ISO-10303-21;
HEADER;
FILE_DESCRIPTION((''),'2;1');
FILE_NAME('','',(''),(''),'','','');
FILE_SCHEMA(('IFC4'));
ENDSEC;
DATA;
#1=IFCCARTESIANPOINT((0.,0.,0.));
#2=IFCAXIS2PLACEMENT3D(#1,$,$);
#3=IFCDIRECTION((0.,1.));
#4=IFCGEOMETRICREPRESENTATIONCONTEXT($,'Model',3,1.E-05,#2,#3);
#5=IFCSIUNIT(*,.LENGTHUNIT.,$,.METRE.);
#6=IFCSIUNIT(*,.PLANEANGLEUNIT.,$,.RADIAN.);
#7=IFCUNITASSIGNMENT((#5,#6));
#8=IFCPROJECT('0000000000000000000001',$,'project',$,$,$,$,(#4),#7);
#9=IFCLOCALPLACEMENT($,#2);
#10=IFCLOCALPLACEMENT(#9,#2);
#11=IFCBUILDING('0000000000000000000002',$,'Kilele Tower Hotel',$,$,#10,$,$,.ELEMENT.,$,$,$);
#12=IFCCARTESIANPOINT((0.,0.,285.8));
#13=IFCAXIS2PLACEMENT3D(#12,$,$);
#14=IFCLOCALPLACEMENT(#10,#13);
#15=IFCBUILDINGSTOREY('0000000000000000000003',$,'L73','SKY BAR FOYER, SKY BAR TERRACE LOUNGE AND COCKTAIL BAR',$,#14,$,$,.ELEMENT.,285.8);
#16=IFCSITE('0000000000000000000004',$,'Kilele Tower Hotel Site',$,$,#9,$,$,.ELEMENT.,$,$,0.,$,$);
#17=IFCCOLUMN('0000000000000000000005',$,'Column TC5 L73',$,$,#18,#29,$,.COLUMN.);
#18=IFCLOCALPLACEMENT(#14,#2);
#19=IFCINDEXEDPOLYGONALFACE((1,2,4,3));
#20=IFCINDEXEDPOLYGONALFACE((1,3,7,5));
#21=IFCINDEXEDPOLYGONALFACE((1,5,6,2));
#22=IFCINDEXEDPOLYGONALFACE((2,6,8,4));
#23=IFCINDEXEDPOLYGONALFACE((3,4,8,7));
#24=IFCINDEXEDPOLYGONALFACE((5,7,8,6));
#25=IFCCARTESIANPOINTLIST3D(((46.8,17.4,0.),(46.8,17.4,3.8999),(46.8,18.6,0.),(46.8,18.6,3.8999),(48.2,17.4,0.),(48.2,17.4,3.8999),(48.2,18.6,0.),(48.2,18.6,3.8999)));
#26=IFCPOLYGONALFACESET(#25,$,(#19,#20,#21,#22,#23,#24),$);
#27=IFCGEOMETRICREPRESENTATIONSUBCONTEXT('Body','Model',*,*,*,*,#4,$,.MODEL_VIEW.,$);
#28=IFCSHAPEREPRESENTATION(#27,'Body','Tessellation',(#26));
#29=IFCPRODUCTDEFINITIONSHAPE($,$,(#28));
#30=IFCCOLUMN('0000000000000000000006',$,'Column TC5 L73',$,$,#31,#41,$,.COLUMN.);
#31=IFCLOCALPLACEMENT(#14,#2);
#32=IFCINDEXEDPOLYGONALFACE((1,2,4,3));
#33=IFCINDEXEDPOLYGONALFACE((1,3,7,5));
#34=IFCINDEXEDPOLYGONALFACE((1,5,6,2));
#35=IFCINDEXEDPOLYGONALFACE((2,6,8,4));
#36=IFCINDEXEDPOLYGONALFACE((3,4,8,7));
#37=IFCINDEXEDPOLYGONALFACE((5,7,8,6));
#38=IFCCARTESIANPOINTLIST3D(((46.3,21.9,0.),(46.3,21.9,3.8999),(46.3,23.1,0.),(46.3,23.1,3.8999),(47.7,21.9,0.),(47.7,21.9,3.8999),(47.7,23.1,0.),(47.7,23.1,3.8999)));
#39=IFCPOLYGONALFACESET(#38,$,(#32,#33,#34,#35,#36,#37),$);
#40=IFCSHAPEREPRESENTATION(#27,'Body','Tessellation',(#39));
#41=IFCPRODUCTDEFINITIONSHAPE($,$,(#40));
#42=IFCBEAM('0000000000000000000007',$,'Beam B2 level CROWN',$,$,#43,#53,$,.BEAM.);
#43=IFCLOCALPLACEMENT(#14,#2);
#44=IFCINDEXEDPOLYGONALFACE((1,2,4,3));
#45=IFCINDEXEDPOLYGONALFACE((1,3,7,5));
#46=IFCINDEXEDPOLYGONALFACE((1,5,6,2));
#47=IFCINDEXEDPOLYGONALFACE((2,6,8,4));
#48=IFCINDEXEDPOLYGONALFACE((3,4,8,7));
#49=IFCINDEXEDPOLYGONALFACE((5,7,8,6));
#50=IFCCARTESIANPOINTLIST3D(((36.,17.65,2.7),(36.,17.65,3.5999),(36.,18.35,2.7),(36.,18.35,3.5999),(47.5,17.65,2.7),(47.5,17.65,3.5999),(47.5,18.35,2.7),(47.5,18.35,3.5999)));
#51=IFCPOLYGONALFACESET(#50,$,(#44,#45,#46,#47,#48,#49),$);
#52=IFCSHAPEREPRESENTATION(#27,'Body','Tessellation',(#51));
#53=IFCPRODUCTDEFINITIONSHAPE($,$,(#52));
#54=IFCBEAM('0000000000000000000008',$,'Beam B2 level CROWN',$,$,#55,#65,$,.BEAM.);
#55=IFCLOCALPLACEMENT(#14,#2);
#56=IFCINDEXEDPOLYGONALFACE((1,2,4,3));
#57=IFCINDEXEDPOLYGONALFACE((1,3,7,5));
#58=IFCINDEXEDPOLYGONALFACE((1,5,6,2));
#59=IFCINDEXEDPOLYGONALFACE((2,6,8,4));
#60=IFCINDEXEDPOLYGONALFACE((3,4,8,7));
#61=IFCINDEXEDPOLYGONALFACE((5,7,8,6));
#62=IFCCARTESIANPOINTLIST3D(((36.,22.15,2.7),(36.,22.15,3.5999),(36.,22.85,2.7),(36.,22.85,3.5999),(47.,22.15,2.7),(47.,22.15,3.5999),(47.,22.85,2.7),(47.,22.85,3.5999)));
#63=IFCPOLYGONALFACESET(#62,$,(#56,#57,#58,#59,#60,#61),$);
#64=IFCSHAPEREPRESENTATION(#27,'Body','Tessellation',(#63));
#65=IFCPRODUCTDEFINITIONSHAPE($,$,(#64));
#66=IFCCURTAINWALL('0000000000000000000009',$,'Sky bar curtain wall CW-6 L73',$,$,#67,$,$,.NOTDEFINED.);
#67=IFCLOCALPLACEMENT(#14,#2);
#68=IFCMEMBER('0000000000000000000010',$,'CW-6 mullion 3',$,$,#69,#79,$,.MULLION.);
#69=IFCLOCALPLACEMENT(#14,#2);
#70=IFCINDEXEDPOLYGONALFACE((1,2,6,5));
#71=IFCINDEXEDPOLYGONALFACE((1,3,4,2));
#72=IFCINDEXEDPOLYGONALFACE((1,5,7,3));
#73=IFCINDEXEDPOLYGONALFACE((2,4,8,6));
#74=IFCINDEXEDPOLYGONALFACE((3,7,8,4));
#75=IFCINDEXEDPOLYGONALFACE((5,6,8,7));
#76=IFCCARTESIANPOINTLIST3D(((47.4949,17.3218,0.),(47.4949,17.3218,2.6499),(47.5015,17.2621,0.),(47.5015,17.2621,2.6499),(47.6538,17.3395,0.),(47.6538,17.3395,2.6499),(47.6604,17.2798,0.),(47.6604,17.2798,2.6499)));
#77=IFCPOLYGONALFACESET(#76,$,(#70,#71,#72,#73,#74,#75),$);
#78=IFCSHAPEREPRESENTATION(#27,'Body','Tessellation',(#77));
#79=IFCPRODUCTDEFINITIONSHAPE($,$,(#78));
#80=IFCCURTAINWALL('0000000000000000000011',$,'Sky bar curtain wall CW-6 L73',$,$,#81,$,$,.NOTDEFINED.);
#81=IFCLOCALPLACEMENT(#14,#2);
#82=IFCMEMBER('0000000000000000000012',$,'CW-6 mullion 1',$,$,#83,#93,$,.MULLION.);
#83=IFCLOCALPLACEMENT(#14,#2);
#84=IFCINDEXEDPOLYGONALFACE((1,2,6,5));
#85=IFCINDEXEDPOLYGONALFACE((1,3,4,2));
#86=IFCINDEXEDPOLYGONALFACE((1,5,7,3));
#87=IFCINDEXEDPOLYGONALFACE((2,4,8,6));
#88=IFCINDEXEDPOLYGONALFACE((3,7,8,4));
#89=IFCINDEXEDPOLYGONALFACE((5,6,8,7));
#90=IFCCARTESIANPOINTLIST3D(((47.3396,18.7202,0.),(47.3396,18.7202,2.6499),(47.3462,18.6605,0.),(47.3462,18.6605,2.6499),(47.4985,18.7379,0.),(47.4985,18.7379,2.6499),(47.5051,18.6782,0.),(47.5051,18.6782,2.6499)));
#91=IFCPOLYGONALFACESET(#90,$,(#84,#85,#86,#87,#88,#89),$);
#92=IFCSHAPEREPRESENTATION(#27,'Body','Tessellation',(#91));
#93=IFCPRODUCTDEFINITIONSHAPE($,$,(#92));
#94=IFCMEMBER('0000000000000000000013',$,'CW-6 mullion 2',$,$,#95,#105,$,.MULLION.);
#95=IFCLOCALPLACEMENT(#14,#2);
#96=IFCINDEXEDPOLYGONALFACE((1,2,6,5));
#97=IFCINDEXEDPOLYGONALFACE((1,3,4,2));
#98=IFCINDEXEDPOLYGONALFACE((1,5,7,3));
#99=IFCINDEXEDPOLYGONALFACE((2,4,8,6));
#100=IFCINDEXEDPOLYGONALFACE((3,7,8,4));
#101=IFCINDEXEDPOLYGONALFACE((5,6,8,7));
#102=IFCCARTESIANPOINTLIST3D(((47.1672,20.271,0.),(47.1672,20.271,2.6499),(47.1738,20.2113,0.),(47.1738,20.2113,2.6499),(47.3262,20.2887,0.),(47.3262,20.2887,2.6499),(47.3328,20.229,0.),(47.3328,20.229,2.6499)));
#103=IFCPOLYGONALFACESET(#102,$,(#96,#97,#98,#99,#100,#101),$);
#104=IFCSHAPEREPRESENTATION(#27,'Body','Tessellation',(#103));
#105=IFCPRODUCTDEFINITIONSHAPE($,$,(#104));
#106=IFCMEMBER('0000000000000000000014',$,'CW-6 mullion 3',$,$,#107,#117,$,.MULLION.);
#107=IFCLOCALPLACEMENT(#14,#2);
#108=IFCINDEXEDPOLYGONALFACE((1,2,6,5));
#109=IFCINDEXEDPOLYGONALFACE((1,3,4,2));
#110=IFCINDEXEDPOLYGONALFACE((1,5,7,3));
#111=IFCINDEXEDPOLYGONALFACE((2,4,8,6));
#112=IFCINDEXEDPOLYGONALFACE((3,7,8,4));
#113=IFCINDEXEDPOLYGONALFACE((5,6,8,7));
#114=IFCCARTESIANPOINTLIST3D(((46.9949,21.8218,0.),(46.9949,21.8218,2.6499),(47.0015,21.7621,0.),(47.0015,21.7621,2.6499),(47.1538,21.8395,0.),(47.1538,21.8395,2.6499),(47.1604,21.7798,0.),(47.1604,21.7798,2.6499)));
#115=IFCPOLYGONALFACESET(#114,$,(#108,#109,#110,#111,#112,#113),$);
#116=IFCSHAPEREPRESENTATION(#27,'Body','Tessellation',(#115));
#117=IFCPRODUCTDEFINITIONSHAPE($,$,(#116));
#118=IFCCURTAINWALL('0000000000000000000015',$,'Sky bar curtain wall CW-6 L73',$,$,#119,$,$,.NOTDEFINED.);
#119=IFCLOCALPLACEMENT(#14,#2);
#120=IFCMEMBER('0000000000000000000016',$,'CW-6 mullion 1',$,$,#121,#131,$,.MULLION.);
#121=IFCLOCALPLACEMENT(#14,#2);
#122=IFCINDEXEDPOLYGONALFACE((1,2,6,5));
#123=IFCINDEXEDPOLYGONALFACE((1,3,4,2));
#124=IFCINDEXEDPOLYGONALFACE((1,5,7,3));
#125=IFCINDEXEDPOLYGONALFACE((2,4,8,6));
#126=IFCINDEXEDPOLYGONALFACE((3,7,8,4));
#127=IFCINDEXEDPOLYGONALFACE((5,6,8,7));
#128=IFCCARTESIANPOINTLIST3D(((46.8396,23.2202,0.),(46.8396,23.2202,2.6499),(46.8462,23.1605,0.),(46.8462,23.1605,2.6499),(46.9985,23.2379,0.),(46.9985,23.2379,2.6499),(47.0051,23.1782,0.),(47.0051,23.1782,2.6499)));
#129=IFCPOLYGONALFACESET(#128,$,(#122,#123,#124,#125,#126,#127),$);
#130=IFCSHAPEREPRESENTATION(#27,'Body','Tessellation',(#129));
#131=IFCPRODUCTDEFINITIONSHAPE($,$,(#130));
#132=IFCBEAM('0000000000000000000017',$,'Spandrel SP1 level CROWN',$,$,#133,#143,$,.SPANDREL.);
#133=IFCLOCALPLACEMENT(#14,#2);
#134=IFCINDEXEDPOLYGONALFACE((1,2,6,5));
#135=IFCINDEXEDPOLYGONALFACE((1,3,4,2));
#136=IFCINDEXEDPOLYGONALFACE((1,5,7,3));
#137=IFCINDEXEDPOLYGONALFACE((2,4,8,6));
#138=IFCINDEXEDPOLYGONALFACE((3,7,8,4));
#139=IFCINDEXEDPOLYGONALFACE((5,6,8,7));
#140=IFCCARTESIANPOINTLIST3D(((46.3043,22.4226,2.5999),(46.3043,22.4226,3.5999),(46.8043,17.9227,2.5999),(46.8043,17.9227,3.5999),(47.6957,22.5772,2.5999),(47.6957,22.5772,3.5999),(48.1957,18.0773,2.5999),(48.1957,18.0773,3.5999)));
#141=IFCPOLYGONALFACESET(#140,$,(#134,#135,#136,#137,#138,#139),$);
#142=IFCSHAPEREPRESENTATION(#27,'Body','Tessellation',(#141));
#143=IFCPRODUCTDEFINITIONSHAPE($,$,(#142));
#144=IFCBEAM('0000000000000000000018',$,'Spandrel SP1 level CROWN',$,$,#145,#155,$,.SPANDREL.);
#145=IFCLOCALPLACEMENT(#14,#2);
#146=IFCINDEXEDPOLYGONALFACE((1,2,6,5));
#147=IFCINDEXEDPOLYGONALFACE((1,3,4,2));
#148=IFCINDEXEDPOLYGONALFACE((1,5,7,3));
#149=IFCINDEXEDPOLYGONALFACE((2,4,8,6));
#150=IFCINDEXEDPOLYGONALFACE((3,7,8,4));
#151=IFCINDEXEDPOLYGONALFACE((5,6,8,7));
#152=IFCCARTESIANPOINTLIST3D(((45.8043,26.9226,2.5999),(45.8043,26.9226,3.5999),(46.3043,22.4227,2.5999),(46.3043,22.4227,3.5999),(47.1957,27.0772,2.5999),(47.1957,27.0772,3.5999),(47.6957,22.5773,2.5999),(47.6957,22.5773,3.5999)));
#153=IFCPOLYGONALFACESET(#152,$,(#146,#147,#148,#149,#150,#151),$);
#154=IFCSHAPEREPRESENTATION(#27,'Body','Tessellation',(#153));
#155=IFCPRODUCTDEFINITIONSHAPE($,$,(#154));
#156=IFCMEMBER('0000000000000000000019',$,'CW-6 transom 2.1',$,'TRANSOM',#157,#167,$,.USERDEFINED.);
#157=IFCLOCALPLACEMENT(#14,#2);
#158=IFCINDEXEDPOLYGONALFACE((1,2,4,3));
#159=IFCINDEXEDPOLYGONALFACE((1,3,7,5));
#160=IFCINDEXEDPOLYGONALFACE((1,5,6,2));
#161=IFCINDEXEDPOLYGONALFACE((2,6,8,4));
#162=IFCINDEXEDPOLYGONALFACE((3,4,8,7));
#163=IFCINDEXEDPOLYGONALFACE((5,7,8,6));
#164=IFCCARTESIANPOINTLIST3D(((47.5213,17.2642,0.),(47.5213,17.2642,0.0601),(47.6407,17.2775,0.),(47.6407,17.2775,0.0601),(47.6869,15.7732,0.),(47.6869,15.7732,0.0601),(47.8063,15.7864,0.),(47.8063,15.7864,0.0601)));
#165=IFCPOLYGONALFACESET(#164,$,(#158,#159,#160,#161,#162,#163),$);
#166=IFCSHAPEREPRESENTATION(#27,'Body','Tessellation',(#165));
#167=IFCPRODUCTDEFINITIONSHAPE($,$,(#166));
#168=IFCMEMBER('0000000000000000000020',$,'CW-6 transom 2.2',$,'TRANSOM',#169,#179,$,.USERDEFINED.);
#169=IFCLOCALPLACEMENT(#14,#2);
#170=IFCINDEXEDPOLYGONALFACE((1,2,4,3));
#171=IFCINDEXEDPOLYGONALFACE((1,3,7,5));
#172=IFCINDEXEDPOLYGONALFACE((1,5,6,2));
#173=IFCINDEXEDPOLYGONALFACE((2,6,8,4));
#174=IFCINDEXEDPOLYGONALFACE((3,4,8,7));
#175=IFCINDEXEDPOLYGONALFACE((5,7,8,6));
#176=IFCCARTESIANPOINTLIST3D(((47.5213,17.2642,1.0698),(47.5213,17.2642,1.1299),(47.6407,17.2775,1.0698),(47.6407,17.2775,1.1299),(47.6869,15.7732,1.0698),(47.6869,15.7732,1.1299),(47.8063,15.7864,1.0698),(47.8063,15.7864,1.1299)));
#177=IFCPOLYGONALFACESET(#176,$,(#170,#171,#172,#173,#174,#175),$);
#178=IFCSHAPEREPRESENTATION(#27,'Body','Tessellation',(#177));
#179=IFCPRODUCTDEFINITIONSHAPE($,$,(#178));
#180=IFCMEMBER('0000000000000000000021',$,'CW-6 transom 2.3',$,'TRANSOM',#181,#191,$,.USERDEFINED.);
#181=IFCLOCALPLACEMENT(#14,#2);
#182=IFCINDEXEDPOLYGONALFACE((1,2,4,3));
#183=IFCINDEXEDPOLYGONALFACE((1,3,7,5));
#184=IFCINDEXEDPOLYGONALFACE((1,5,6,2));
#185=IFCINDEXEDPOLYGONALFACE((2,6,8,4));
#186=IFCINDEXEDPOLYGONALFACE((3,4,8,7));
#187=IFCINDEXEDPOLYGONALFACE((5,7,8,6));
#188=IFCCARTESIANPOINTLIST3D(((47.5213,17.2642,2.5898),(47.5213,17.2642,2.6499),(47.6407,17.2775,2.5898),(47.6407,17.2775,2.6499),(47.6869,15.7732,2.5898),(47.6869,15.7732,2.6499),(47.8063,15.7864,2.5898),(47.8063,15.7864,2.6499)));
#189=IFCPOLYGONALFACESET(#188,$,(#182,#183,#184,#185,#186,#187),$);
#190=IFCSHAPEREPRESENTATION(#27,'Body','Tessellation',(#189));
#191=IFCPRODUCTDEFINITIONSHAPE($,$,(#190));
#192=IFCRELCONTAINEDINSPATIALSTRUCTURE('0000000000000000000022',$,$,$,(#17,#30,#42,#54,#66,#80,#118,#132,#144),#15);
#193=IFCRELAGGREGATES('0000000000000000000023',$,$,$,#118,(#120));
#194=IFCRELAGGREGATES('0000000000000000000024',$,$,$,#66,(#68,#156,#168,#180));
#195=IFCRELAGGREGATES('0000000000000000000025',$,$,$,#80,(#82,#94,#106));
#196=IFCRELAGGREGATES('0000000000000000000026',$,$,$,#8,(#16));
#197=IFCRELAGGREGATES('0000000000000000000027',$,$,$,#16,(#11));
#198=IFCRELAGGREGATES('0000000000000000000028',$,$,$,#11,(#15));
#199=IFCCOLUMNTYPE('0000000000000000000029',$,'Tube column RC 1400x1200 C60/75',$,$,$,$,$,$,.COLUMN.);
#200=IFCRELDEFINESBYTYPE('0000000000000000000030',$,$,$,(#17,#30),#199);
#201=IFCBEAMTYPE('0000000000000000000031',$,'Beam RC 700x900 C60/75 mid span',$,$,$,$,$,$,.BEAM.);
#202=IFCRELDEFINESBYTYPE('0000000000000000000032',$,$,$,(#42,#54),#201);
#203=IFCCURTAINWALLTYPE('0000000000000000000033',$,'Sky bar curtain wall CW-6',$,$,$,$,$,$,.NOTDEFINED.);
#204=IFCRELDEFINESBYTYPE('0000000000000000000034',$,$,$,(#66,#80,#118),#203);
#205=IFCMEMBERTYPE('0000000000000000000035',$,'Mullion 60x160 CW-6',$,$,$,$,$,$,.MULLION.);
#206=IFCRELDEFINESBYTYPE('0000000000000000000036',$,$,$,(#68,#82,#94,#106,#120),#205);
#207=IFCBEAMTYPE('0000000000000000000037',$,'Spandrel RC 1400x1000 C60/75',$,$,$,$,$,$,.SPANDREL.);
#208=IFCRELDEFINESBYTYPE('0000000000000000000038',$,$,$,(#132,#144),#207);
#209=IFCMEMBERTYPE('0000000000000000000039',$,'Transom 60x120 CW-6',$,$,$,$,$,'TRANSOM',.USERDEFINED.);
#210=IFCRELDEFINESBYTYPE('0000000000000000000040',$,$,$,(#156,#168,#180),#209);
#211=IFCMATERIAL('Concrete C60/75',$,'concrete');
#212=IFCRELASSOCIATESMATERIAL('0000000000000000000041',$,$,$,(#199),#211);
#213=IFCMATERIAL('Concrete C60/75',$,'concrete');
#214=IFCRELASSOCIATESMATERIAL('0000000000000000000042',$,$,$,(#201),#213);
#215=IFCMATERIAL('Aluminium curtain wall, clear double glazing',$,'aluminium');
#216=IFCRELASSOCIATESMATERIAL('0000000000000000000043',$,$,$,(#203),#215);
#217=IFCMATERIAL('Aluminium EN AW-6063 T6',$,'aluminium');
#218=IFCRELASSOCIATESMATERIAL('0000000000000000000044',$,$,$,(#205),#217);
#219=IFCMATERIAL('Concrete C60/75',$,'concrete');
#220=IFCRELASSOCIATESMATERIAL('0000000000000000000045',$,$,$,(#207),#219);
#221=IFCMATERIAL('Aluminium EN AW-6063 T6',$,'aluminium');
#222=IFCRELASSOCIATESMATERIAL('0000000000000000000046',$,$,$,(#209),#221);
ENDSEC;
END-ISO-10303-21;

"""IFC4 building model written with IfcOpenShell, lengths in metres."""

from ifc_helpers import new_model, si_unit, direction, frame, origin, origin_2d, place, context, subcontext, project, spatial, rectangle, extrude, material, material_profile, profile_set, type_object, element, aggregate, save


model = new_model("IFC4")

# Units and contexts
model_context = context("Model", 3, precision=1e-05, world=origin(), true_north=direction((0.0, 1.0)))
body_context = subcontext(model_context, "Body", "Model", "MODEL_VIEW")
ifc_project = project(units=[si_unit("LENGTHUNIT", "METRE"), si_unit("PLANEANGLEUNIT", "RADIAN")], contexts=[model_context])

# Site, building, storey
site_placement = place(None, origin())
site = spatial("IfcSite", under=ifc_project, at=site_placement, Name="Kilele Tower Hotel Site", CompositionType="ELEMENT", RefElevation=0.0)
building_placement = place(site_placement, origin())
building = spatial("IfcBuilding", under=site, at=building_placement, Name="Kilele Tower Hotel", CompositionType="ELEMENT")
storey_placement = place(building_placement, frame((0.0, 0.0, 285.8)))
storey = spatial("IfcBuildingStorey", under=building, at=storey_placement, Name="L73", Description="SKY BAR FOYER, SKY BAR TERRACE LOUNGE AND COCKTAIL BAR", CompositionType="ELEMENT", Elevation=285.8)

# Columns
ifc_material_1 = material(Name="Concrete C60/75", Category="concrete")
ifc_material_profile_1 = material_profile(ifc_material_1, rectangle(XDim=1.3999, YDim=1.2, at=origin_2d()))
ifc_profile_set_1 = profile_set([ifc_material_profile_1], Name="Concrete C60/75")
column_type = type_object("IfcColumnType", Name="Tube column RC 1400x1200 C60/75", PredefinedType="COLUMN", material=ifc_profile_set_1)
for number, where, z_axis, x_axis, name in (
    (1, (47.5, 18.0, 0.0), (0.0, 0.0, 1.0), (1.0, 0.0, 0.0), "Column TC5 L73"),
    (2, (47.0, 22.5, 0.0), (0.0, 0.0, 1.0), (1.0, 0.0, 0.0), "Column TC5 L73"),
):
    element("IfcColumn", number, at=place(storey_placement, frame(where, z_axis=z_axis, x_axis=x_axis)), inside=storey, type_object=column_type, Name=name, PredefinedType="COLUMN", context=body_context, shape_type="SweptSolid", body=[
        extrude(rectangle(XDim=1.3999, YDim=1.2, at=origin_2d()), origin(), (0.0, 0.0, 1.0), 3.8999),
    ])

# Beams
ifc_material_2 = material(Name="Concrete C60/75", Category="concrete")
ifc_material_profile_2 = material_profile(ifc_material_2, rectangle(XDim=0.7, YDim=0.8999, at=origin_2d()))
ifc_profile_set_2 = profile_set([ifc_material_profile_2], Name="Concrete C60/75")
beam_type_1 = type_object("IfcBeamType", Name="Beam RC 700x900 C60/75 mid span", PredefinedType="BEAM", material=ifc_profile_set_2)
beam_1_placement = place(storey_placement, frame((47.5, 18.0, 3.1499), z_axis=(-1.0, 0.0, 0.0), x_axis=(0.0, -1.0, 0.0)))
element("IfcBeam", 3, at=beam_1_placement, inside=storey, type_object=beam_type_1, Name="Beam B2 level CROWN", PredefinedType="BEAM", context=body_context, shape_type="SweptSolid", body=[
    extrude(rectangle(XDim=0.7, YDim=0.8999, at=origin_2d()), origin(), (0.0, 0.0, 1.0), 11.5),
])
beam_2_placement = place(storey_placement, frame((47.0, 22.5, 3.1499), z_axis=(-1.0, 0.0, 0.0), x_axis=(0.0, -1.0, 0.0)))
element("IfcBeam", 4, at=beam_2_placement, inside=storey, type_object=beam_type_1, Name="Beam B2 level CROWN", PredefinedType="BEAM", context=body_context, shape_type="SweptSolid", body=[
    extrude(rectangle(XDim=0.7, YDim=0.8999, at=origin_2d()), origin(), (0.0, 0.0, 1.0), 11.0),
])

# Curtain wall, member
ifc_material_3 = material(Name="Aluminium curtain wall, clear double glazing", Category="aluminium")
curtain_wall_type = type_object("IfcCurtainWallType", Name="Sky bar curtain wall CW-6", PredefinedType="NOTDEFINED", material=ifc_material_3)
curtain_wall_1_placement = place(storey_placement, origin())
curtain_wall_1 = element("IfcCurtainWall", 5, at=curtain_wall_1_placement, inside=storey, type_object=curtain_wall_type, Name="Sky bar curtain wall CW-6 L73", PredefinedType="NOTDEFINED")
ifc_material_4 = material(Name="Aluminium EN AW-6063 T6", Category="aluminium")
ifc_material_profile_3 = material_profile(ifc_material_4, rectangle(XDim=0.1599, YDim=0.0601, at=origin_2d()))
ifc_profile_set_3 = profile_set([ifc_material_profile_3], Name="Aluminium EN AW-6063 T6")
member_type_1 = type_object("IfcMemberType", Name="Mullion 60x160 CW-6", PredefinedType="MULLION", material=ifc_profile_set_3)
member_1_placement = place(storey_placement, frame((47.5776, 17.3008, 0.0), z_axis=(0.0, 0.0, 1.0), x_axis=(-0.993884, -0.110432, 0.0)))
member_1 = element("IfcMember", 6, at=member_1_placement, type_object=member_type_1, Name="CW-6 mullion 3", PredefinedType="MULLION", context=body_context, shape_type="SweptSolid", body=[
    extrude(rectangle(XDim=0.1599, YDim=0.0601, at=origin_2d()), origin(), (0.0, 0.0, 1.0), 2.6499),
])

# Curtain wall, members
curtain_wall_2_placement = place(storey_placement, origin())
curtain_wall_2 = element("IfcCurtainWall", 7, at=curtain_wall_2_placement, inside=storey, type_object=curtain_wall_type, Name="Sky bar curtain wall CW-6 L73", PredefinedType="NOTDEFINED")
member_2_placement = place(storey_placement, frame((47.4224, 18.6992, 0.0), z_axis=(0.0, 0.0, 1.0), x_axis=(-0.993884, -0.110432, 0.0)))
member_2 = element("IfcMember", 8, at=member_2_placement, type_object=member_type_1, Name="CW-6 mullion 1", PredefinedType="MULLION", context=body_context, shape_type="SweptSolid", body=[
    extrude(rectangle(XDim=0.1599, YDim=0.0601, at=origin_2d()), origin(), (0.0, 0.0, 1.0), 2.6499),
])
member_3_placement = place(storey_placement, frame((47.25, 20.25, 0.0), z_axis=(0.0, 0.0, 1.0), x_axis=(-0.993884, -0.110432, 0.0)))
member_3 = element("IfcMember", 9, at=member_3_placement, type_object=member_type_1, Name="CW-6 mullion 2", PredefinedType="MULLION", context=body_context, shape_type="SweptSolid", body=[
    extrude(rectangle(XDim=0.1599, YDim=0.0601, at=origin_2d()), origin(), (0.0, 0.0, 1.0), 2.6499),
])
member_4_placement = place(storey_placement, frame((47.0776, 21.8008, 0.0), z_axis=(0.0, 0.0, 1.0), x_axis=(-0.993884, -0.110432, 0.0)))
member_4 = element("IfcMember", 10, at=member_4_placement, type_object=member_type_1, Name="CW-6 mullion 3", PredefinedType="MULLION", context=body_context, shape_type="SweptSolid", body=[
    extrude(rectangle(XDim=0.1599, YDim=0.0601, at=origin_2d()), origin(), (0.0, 0.0, 1.0), 2.6499),
])

# Curtain wall, member
curtain_wall_3_placement = place(storey_placement, origin())
curtain_wall_3 = element("IfcCurtainWall", 11, at=curtain_wall_3_placement, inside=storey, type_object=curtain_wall_type, Name="Sky bar curtain wall CW-6 L73", PredefinedType="NOTDEFINED")
member_5_placement = place(storey_placement, frame((46.9224, 23.1992, 0.0), z_axis=(0.0, 0.0, 1.0), x_axis=(-0.993884, -0.110432, 0.0)))
member_5 = element("IfcMember", 12, at=member_5_placement, type_object=member_type_1, Name="CW-6 mullion 1", PredefinedType="MULLION", context=body_context, shape_type="SweptSolid", body=[
    extrude(rectangle(XDim=0.1599, YDim=0.0601, at=origin_2d()), origin(), (0.0, 0.0, 1.0), 2.6499),
])

# Beams
ifc_material_5 = material(Name="Concrete C60/75", Category="concrete")
ifc_material_profile_4 = material_profile(ifc_material_5, rectangle(XDim=1.3999, YDim=1.0, at=origin_2d()))
ifc_profile_set_4 = profile_set([ifc_material_profile_4], Name="Concrete C60/75")
beam_type_2 = type_object("IfcBeamType", Name="Spandrel RC 1400x1000 C60/75", PredefinedType="SPANDREL", material=ifc_profile_set_4)
for number, where, z_axis, x_axis, name in (
    (13, (47.5, 18.0, 3.0999), (-0.110432, 0.993884, 0.0), (-0.993884, -0.110432, 0.0), "Spandrel SP1 level CROWN"),
    (14, (47.0, 22.5, 3.0999), (-0.110432, 0.993884, 0.0), (-0.993884, -0.110432, 0.0), "Spandrel SP1 level CROWN"),
):
    element("IfcBeam", number, at=place(storey_placement, frame(where, z_axis=z_axis, x_axis=x_axis)), inside=storey, type_object=beam_type_2, Name=name, PredefinedType="SPANDREL", context=body_context, shape_type="SweptSolid", body=[
        extrude(rectangle(XDim=1.3999, YDim=1.0, at=origin_2d()), origin(), (0.0, 0.0, 1.0), 4.5276),
    ])

# Members
ifc_material_6 = material(Name="Aluminium EN AW-6063 T6", Category="aluminium")
ifc_material_profile_5 = material_profile(ifc_material_6, rectangle(XDim=0.1201, YDim=0.0601, at=origin_2d()))
ifc_profile_set_5 = profile_set([ifc_material_profile_5], Name="Aluminium EN AW-6063 T6")
member_type_2 = type_object("IfcMemberType", Name="Transom 60x120 CW-6", ElementType="TRANSOM", PredefinedType="USERDEFINED", material=ifc_profile_set_5)
member_6_placement = place(storey_placement, frame((47.7466, 15.7798, 0.03), z_axis=(-0.110342, 0.993894, 0.0), x_axis=(-0.993894, -0.110342, 0.0)))
member_6 = element("IfcMember", 15, at=member_6_placement, type_object=member_type_2, Name="CW-6 transom 2.1", ObjectType="TRANSOM", PredefinedType="USERDEFINED", context=body_context, shape_type="SweptSolid", body=[
    extrude(rectangle(XDim=0.1201, YDim=0.0601, at=origin_2d()), origin(), (0.0, 0.0, 1.0), 1.5002),
])
member_7_placement = place(storey_placement, frame((47.7466, 15.7798, 1.0999), z_axis=(-0.110342, 0.993894, 0.0), x_axis=(-0.993894, -0.110342, 0.0)))
member_7 = element("IfcMember", 16, at=member_7_placement, type_object=member_type_2, Name="CW-6 transom 2.2", ObjectType="TRANSOM", PredefinedType="USERDEFINED", context=body_context, shape_type="SweptSolid", body=[
    extrude(rectangle(XDim=0.1201, YDim=0.0601, at=origin_2d()), origin(), (0.0, 0.0, 1.0), 1.5002),
])
member_8_placement = place(storey_placement, frame((47.7466, 15.7798, 2.6199), z_axis=(-0.110342, 0.993894, 0.0), x_axis=(-0.993894, -0.110342, 0.0)))
member_8 = element("IfcMember", 17, at=member_8_placement, type_object=member_type_2, Name="CW-6 transom 2.3", ObjectType="TRANSOM", PredefinedType="USERDEFINED", context=body_context, shape_type="SweptSolid", body=[
    extrude(rectangle(XDim=0.1201, YDim=0.0601, at=origin_2d()), origin(), (0.0, 0.0, 1.0), 1.5002),
])
aggregate(curtain_wall_3, [member_5])

aggregate(curtain_wall_1, [member_1, member_6, member_7, member_8])
aggregate(curtain_wall_2, [member_2, member_3, member_4])

save(model, "model.ifc")
